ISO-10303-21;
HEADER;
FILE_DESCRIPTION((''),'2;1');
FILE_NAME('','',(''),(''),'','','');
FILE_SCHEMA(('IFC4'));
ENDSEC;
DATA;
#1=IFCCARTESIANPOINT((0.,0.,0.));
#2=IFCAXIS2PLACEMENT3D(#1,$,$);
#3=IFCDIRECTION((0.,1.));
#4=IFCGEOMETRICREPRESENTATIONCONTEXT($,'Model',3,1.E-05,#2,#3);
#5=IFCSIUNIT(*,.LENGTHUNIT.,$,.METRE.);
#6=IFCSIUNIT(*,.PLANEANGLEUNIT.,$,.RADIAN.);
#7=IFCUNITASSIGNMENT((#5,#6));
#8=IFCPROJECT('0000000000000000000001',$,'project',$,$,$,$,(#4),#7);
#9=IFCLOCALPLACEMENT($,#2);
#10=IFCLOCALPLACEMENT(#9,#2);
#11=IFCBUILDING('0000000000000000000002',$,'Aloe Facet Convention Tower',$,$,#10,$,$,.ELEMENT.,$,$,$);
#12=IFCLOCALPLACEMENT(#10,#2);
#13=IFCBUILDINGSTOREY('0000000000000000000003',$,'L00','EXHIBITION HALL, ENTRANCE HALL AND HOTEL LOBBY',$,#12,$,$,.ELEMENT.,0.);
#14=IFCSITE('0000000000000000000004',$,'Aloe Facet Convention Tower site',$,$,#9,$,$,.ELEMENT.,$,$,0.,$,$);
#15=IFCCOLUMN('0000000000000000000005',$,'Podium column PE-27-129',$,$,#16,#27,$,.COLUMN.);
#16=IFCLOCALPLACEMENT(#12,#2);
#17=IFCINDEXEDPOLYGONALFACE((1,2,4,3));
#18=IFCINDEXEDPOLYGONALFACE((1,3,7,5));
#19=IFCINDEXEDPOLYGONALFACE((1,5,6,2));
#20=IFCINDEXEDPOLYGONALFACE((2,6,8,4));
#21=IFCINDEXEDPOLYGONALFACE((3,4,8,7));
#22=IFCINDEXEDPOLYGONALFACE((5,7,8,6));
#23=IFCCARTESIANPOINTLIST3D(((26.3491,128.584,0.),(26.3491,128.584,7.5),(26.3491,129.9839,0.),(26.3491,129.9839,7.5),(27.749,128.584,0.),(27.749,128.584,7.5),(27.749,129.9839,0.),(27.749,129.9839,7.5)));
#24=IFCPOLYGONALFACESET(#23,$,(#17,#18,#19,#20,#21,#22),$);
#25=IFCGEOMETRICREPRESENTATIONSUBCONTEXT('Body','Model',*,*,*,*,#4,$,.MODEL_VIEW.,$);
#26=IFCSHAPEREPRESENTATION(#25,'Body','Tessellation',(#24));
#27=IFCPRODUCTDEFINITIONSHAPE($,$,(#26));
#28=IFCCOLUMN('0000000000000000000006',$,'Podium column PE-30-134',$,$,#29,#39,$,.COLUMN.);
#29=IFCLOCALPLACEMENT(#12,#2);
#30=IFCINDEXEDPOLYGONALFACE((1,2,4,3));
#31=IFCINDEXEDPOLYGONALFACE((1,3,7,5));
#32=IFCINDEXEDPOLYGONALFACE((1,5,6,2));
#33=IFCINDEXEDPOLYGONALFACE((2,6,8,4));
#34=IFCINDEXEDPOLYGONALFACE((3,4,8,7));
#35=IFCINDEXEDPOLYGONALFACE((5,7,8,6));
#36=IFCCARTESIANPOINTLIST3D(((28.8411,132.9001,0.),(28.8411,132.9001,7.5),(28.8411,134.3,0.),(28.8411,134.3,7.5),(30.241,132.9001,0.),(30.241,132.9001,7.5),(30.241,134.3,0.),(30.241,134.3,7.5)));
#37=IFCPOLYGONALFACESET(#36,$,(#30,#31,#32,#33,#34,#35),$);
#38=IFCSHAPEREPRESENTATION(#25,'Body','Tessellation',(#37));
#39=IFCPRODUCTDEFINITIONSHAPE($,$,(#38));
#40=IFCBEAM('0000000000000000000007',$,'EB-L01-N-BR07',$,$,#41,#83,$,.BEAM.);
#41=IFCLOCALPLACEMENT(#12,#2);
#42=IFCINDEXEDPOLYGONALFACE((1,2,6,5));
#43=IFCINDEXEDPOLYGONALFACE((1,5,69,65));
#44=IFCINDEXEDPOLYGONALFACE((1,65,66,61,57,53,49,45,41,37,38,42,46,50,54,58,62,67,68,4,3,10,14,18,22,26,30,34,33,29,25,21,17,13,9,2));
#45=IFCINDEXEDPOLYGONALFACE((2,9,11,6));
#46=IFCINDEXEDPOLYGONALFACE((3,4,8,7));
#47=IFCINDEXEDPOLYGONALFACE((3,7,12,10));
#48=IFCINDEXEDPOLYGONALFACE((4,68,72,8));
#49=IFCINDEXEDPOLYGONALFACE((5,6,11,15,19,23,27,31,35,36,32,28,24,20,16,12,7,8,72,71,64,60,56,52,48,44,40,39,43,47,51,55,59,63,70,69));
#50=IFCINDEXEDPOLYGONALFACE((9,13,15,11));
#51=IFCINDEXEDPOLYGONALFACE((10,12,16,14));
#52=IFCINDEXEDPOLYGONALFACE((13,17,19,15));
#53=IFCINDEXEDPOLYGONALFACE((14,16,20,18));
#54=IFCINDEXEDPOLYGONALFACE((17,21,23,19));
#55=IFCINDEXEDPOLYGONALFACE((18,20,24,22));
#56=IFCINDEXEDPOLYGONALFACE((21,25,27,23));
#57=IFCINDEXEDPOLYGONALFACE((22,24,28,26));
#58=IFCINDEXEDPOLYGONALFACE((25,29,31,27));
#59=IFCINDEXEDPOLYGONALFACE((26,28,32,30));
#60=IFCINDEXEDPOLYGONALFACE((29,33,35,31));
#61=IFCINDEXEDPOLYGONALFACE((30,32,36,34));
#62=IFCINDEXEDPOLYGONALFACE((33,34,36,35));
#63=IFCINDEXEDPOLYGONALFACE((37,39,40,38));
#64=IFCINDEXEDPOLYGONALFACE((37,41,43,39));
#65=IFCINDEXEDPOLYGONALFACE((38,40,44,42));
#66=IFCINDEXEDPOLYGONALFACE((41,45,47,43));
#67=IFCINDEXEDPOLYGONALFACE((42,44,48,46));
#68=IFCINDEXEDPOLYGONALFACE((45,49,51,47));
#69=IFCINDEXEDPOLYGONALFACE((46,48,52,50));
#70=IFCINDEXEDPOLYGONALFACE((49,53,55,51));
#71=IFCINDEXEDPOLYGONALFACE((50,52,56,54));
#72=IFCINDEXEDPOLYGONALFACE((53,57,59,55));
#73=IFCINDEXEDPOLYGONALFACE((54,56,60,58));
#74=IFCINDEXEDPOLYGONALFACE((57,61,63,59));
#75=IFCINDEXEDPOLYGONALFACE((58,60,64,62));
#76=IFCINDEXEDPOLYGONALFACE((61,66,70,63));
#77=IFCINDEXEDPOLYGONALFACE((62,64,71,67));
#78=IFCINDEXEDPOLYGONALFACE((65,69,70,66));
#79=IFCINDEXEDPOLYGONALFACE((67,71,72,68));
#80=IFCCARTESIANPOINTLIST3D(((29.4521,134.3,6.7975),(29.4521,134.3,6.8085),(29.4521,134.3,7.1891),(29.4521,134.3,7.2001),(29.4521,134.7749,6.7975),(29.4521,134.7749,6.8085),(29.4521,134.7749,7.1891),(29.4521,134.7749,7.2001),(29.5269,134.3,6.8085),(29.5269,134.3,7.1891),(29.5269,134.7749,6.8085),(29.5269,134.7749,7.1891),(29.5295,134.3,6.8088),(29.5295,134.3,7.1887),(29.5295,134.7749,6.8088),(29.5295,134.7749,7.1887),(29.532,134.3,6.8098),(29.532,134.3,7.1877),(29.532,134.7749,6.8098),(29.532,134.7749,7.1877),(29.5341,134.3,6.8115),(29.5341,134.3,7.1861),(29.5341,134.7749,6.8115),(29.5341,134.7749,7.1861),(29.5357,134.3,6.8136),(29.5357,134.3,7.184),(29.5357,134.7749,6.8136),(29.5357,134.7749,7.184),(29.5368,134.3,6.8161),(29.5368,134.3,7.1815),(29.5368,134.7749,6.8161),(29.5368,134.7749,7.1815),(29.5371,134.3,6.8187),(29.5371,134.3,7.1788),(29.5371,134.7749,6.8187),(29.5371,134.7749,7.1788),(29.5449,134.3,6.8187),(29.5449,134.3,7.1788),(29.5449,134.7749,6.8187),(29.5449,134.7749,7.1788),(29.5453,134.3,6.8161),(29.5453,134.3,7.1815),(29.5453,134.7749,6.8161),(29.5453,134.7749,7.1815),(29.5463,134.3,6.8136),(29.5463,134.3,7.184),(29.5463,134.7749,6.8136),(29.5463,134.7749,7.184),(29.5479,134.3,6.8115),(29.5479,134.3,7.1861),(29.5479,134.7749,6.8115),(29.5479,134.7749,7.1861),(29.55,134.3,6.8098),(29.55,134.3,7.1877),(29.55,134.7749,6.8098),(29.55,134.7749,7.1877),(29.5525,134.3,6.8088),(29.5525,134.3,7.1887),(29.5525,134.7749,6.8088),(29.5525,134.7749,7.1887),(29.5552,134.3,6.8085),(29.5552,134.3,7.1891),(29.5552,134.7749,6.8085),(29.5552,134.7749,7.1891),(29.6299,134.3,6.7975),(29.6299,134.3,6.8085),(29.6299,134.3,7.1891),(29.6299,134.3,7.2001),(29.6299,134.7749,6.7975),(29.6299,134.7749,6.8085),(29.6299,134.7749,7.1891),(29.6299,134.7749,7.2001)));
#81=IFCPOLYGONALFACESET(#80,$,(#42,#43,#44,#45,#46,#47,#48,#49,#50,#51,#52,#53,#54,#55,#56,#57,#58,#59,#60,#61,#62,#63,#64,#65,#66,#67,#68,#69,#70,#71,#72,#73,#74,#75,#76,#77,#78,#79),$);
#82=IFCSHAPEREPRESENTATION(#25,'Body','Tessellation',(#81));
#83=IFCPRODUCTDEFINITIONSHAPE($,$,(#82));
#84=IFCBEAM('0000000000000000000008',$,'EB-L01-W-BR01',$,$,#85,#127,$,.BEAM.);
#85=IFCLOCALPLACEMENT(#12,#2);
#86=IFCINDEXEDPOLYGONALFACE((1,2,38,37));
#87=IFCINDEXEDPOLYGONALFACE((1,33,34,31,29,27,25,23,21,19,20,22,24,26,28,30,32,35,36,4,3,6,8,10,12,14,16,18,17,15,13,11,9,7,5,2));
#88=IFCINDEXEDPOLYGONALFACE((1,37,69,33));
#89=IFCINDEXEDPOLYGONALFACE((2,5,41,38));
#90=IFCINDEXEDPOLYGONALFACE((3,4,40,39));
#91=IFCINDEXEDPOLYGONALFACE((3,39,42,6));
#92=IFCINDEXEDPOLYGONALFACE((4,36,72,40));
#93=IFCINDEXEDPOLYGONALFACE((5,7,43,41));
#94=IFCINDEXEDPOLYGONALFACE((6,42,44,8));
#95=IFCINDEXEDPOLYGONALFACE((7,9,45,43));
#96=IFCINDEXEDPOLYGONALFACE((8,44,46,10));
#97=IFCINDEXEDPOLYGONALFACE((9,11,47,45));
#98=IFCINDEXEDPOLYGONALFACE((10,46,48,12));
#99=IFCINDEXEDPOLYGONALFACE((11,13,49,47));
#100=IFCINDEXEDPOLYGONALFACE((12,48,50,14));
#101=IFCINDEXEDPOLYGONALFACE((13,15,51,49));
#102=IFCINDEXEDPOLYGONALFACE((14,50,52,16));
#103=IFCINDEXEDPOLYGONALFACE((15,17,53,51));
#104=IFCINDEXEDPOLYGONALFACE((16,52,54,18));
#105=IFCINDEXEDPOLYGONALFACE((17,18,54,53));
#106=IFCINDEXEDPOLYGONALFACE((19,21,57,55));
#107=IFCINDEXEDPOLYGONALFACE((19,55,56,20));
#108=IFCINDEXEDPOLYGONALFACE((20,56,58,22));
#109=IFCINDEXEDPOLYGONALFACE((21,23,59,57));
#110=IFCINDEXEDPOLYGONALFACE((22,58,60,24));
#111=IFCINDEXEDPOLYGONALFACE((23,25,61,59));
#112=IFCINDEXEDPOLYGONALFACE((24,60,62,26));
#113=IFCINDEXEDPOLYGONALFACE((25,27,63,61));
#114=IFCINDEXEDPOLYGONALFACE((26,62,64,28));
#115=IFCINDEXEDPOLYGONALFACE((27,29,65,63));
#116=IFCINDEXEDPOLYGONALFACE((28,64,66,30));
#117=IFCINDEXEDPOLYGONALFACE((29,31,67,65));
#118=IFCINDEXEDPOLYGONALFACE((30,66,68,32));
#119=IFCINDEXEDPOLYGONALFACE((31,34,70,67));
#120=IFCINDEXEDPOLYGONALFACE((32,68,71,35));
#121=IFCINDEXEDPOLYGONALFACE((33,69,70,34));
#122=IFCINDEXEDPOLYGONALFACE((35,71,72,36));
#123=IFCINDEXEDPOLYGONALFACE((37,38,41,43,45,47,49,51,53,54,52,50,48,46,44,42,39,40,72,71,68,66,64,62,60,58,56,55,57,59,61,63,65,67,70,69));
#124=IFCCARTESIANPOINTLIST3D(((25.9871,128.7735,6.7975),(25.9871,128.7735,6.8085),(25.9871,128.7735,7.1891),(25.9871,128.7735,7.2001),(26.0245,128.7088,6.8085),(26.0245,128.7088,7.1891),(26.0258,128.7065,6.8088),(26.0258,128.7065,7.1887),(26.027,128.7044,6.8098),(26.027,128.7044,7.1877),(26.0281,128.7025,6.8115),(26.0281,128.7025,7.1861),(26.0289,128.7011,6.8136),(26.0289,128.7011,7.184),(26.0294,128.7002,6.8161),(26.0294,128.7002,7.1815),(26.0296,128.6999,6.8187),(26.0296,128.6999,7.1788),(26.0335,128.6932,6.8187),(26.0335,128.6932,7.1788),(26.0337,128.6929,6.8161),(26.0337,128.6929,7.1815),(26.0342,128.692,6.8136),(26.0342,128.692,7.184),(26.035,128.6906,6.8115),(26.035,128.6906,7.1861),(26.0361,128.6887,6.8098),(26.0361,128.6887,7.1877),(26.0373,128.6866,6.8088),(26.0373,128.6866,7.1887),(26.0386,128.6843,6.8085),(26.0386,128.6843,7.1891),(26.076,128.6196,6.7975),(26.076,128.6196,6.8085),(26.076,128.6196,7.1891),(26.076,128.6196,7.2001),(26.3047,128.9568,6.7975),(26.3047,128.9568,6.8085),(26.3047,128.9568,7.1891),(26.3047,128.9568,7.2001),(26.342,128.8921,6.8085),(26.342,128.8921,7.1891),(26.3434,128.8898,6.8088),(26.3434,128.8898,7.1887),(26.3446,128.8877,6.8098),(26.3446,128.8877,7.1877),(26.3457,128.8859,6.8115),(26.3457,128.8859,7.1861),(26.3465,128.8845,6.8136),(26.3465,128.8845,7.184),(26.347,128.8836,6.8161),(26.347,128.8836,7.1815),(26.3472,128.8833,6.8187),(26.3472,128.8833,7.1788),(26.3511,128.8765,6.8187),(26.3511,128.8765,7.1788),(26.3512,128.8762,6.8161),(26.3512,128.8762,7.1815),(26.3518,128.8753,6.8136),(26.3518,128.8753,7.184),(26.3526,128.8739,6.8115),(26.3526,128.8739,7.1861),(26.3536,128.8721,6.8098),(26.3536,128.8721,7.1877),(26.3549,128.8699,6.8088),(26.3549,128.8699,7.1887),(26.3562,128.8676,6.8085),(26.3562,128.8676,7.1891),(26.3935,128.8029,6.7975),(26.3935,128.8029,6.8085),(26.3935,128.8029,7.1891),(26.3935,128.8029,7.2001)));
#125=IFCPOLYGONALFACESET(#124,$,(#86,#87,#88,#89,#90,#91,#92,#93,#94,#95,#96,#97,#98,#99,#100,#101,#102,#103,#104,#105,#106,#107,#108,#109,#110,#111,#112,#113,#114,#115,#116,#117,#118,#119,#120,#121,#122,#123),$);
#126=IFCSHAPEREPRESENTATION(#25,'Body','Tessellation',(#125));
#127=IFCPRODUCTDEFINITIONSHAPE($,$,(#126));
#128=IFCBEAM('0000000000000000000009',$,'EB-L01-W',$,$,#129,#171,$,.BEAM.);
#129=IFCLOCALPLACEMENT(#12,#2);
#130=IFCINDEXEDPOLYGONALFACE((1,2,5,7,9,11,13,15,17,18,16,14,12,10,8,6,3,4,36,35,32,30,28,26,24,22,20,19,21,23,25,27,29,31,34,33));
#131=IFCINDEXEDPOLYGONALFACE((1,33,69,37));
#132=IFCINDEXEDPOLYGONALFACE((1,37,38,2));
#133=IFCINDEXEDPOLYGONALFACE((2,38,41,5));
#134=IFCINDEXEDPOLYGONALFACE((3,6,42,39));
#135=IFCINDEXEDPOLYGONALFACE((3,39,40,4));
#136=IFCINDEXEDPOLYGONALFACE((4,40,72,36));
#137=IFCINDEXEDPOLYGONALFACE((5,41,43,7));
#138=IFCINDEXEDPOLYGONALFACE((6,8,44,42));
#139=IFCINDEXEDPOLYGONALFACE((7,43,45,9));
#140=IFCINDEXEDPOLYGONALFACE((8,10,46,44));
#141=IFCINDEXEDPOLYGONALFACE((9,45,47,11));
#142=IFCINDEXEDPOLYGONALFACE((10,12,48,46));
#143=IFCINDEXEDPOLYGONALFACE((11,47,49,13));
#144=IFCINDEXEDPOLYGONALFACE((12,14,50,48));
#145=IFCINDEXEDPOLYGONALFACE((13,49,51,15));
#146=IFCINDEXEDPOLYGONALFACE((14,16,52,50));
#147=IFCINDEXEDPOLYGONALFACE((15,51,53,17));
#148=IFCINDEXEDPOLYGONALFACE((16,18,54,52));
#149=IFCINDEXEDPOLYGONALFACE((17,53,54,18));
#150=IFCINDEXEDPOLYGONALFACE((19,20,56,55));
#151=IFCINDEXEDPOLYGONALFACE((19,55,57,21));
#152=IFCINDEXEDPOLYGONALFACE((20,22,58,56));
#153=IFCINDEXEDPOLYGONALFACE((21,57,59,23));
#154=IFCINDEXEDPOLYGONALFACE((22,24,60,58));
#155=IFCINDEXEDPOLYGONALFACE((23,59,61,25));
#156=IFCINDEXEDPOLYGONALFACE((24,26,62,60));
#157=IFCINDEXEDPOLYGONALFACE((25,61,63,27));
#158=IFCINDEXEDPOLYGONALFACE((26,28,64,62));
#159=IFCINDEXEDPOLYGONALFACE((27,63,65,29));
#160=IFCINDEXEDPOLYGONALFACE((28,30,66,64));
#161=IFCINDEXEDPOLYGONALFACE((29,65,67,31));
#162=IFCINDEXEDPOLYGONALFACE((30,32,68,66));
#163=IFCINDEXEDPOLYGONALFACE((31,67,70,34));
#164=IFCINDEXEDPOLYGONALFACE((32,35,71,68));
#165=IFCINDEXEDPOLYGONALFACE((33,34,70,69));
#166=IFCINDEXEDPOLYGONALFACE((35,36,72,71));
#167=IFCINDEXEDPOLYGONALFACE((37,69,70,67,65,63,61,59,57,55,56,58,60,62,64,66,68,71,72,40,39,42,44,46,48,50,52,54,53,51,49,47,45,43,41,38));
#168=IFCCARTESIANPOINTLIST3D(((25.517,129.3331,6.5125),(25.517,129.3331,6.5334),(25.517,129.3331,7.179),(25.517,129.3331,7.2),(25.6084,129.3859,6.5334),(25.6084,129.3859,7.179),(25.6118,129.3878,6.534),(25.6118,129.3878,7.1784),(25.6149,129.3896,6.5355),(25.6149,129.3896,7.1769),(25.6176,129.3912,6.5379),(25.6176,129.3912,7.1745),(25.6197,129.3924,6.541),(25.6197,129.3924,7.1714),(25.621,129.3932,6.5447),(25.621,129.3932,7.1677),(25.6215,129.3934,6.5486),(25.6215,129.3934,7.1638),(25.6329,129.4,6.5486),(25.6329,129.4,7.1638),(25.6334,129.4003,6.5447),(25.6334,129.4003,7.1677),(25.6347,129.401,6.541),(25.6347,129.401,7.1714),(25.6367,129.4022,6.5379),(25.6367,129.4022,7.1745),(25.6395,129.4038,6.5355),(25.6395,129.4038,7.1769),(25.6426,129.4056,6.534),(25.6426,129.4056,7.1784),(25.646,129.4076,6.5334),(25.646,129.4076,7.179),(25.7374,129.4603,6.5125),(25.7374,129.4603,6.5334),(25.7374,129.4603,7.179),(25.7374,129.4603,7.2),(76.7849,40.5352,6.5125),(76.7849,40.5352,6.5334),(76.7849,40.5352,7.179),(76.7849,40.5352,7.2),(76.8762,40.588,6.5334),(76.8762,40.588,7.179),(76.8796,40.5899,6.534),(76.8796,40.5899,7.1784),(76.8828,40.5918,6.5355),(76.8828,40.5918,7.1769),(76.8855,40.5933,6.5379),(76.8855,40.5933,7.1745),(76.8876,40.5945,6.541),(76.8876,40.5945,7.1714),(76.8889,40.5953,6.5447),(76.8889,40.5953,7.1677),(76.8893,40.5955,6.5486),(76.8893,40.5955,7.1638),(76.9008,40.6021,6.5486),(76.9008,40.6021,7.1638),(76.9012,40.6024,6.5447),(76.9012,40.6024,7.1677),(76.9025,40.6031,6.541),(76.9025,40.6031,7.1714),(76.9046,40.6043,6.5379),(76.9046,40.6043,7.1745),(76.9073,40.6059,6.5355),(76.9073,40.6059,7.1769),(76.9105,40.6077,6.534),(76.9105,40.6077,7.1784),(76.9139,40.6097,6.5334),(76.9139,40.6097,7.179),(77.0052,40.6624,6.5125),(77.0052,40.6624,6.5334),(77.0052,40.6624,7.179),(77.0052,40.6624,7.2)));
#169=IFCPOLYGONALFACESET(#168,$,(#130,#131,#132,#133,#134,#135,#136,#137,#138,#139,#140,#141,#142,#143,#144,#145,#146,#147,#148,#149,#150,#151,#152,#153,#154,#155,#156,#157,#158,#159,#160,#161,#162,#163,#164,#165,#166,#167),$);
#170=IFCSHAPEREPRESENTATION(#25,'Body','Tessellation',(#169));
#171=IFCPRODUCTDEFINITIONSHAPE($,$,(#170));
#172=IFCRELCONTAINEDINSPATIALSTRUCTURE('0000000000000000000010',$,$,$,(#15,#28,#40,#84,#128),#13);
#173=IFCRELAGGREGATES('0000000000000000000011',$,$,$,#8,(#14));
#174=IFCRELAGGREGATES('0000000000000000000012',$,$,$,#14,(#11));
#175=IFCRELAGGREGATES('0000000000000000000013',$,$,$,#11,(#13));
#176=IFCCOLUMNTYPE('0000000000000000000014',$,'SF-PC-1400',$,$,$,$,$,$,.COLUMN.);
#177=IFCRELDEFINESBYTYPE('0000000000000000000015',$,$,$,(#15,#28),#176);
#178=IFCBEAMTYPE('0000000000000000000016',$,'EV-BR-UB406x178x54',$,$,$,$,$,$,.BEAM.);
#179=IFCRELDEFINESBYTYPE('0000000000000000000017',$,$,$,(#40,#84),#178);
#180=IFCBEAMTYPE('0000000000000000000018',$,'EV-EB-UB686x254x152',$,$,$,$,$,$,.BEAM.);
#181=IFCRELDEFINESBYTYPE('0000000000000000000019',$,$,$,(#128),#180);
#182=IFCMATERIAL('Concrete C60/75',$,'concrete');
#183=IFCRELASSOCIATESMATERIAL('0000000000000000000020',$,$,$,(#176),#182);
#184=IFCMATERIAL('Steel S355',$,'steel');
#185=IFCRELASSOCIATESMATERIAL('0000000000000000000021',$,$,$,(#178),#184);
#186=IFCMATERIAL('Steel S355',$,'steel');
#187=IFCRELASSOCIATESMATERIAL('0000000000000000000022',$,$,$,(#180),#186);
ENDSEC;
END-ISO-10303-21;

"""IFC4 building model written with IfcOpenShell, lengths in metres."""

from ifc_helpers import new_model, si_unit, direction, frame, origin, origin_2d, place, context, subcontext, project, spatial, rectangle, i_section, extrude, material, material_profile, profile_set, type_object, element, save


model = new_model("IFC4")

# Units and contexts
model_context = context("Model", 3, precision=1e-05, world=origin(), true_north=direction((0.0, 1.0)))
body_context = subcontext(model_context, "Body", "Model", "MODEL_VIEW")
ifc_project = project(units=[si_unit("LENGTHUNIT", "METRE"), si_unit("PLANEANGLEUNIT", "RADIAN")], contexts=[model_context])

# Site, building, storey
site_placement = place(None, origin())
site = spatial("IfcSite", under=ifc_project, at=site_placement, Name="Aloe Facet Convention Tower site", CompositionType="ELEMENT", RefElevation=0.0)
building_placement = place(site_placement, origin())
building = spatial("IfcBuilding", under=site, at=building_placement, Name="Aloe Facet Convention Tower", CompositionType="ELEMENT")
storey_placement = place(building_placement, origin())
storey = spatial("IfcBuildingStorey", under=building, at=storey_placement, Name="L00", Description="EXHIBITION HALL, ENTRANCE HALL AND HOTEL LOBBY", CompositionType="ELEMENT", Elevation=0.0)

# Columns
ifc_material_1 = material(Name="Concrete C60/75", Category="concrete")
ifc_material_profile_1 = material_profile(ifc_material_1, rectangle(XDim=1.3999, YDim=1.3999, at=origin_2d()), Name="SF-PC-1400")
ifc_profile_set_1 = profile_set([ifc_material_profile_1], Name="Concrete C60/75")
column_type = type_object("IfcColumnType", Name="SF-PC-1400", PredefinedType="COLUMN", material=ifc_profile_set_1)
for number, where, z_axis, x_axis, name in (
    (1, (27.0491, 129.2839, 0.0), (0.0, 0.0, 1.0), (1.0, 0.0, 0.0), "Podium column PE-27-129"),
    (2, (29.541, 133.6001, 0.0), (0.0, 0.0, 1.0), (1.0, 0.0, 0.0), "Podium column PE-30-134"),
):
    element("IfcColumn", number, at=place(storey_placement, frame(where, z_axis=z_axis, x_axis=x_axis)), inside=storey, type_object=column_type, Name=name, PredefinedType="COLUMN", context=body_context, shape_type="SweptSolid", body=[
        extrude(rectangle(XDim=1.3999, YDim=1.3999, at=origin_2d()), origin(), (0.0, 0.0, 1.0), 7.5),
    ])

# Beams
ifc_material_2 = material(Name="Steel S355", Category="steel")
ifc_material_profile_2 = material_profile(ifc_material_2, i_section(OverallWidth=0.1777, OverallDepth=0.4026, WebThickness=0.0078, FlangeThickness=0.011, FilletRadius=0.0103, at=origin_2d()), Name="UB 406x178x54")
ifc_profile_set_2 = profile_set([ifc_material_profile_2], Name="Steel S355")
beam_type_1 = type_object("IfcBeamType", Name="EV-BR-UB406x178x54", PredefinedType="BEAM", material=ifc_profile_set_2)
beam_1_placement = place(storey_placement, frame((29.541, 134.3, 6.9988), z_axis=(0.0, 1.0, 0.0), x_axis=(-1.0, 0.0, 0.0)))
element("IfcBeam", 3, at=beam_1_placement, inside=storey, type_object=beam_type_1, Name="EB-L01-N-BR07", PredefinedType="BEAM", context=body_context, shape_type="SweptSolid", body=[
    extrude(i_section(OverallWidth=0.1777, OverallDepth=0.4026, WebThickness=0.0078, FlangeThickness=0.011, FilletRadius=0.0103, at=origin_2d()), origin(), (0.0, 0.0, 1.0), 0.4749),
])
beam_2_placement = place(storey_placement, frame((26.3491, 128.8799, 6.9988), z_axis=(-0.866064, -0.499934, 0.0), x_axis=(0.499934, -0.866064, 0.0)))
element("IfcBeam", 4, at=beam_2_placement, inside=storey, type_object=beam_type_1, Name="EB-L01-W-BR01", PredefinedType="BEAM", context=body_context, shape_type="SweptSolid", body=[
    extrude(i_section(OverallWidth=0.1777, OverallDepth=0.4026, WebThickness=0.0078, FlangeThickness=0.011, FilletRadius=0.0103, at=origin_2d()), origin(), (0.0, 0.0, 1.0), 0.3667),
])
ifc_material_3 = material(Name="Steel S355", Category="steel")
ifc_material_profile_3 = material_profile(ifc_material_3, i_section(OverallWidth=0.2544, OverallDepth=0.6875, WebThickness=0.0132, FlangeThickness=0.021, FilletRadius=0.0151, at=origin_2d()), Name="UB 686x254x152")
ifc_profile_set_3 = profile_set([ifc_material_profile_3], Name="Steel S355")
beam_type_2 = type_object("IfcBeamType", Name="EV-EB-UB686x254x152", PredefinedType="BEAM", material=ifc_profile_set_3)
beam_3_placement = place(storey_placement, frame((25.6272, 129.3967, 6.8562), z_axis=(0.500003, -0.866024, 0.0), x_axis=(0.866024, 0.500003, 0.0)))
element("IfcBeam", 5, at=beam_3_placement, inside=storey, type_object=beam_type_2, Name="EB-L01-W", PredefinedType="BEAM", context=body_context, shape_type="SweptSolid", body=[
    extrude(i_section(OverallWidth=0.2544, OverallDepth=0.6875, WebThickness=0.0132, FlangeThickness=0.021, FilletRadius=0.0151, at=origin_2d()), origin(), (0.0, 0.0, 1.0), 102.5352),
])

save(model, "model.ifc")
